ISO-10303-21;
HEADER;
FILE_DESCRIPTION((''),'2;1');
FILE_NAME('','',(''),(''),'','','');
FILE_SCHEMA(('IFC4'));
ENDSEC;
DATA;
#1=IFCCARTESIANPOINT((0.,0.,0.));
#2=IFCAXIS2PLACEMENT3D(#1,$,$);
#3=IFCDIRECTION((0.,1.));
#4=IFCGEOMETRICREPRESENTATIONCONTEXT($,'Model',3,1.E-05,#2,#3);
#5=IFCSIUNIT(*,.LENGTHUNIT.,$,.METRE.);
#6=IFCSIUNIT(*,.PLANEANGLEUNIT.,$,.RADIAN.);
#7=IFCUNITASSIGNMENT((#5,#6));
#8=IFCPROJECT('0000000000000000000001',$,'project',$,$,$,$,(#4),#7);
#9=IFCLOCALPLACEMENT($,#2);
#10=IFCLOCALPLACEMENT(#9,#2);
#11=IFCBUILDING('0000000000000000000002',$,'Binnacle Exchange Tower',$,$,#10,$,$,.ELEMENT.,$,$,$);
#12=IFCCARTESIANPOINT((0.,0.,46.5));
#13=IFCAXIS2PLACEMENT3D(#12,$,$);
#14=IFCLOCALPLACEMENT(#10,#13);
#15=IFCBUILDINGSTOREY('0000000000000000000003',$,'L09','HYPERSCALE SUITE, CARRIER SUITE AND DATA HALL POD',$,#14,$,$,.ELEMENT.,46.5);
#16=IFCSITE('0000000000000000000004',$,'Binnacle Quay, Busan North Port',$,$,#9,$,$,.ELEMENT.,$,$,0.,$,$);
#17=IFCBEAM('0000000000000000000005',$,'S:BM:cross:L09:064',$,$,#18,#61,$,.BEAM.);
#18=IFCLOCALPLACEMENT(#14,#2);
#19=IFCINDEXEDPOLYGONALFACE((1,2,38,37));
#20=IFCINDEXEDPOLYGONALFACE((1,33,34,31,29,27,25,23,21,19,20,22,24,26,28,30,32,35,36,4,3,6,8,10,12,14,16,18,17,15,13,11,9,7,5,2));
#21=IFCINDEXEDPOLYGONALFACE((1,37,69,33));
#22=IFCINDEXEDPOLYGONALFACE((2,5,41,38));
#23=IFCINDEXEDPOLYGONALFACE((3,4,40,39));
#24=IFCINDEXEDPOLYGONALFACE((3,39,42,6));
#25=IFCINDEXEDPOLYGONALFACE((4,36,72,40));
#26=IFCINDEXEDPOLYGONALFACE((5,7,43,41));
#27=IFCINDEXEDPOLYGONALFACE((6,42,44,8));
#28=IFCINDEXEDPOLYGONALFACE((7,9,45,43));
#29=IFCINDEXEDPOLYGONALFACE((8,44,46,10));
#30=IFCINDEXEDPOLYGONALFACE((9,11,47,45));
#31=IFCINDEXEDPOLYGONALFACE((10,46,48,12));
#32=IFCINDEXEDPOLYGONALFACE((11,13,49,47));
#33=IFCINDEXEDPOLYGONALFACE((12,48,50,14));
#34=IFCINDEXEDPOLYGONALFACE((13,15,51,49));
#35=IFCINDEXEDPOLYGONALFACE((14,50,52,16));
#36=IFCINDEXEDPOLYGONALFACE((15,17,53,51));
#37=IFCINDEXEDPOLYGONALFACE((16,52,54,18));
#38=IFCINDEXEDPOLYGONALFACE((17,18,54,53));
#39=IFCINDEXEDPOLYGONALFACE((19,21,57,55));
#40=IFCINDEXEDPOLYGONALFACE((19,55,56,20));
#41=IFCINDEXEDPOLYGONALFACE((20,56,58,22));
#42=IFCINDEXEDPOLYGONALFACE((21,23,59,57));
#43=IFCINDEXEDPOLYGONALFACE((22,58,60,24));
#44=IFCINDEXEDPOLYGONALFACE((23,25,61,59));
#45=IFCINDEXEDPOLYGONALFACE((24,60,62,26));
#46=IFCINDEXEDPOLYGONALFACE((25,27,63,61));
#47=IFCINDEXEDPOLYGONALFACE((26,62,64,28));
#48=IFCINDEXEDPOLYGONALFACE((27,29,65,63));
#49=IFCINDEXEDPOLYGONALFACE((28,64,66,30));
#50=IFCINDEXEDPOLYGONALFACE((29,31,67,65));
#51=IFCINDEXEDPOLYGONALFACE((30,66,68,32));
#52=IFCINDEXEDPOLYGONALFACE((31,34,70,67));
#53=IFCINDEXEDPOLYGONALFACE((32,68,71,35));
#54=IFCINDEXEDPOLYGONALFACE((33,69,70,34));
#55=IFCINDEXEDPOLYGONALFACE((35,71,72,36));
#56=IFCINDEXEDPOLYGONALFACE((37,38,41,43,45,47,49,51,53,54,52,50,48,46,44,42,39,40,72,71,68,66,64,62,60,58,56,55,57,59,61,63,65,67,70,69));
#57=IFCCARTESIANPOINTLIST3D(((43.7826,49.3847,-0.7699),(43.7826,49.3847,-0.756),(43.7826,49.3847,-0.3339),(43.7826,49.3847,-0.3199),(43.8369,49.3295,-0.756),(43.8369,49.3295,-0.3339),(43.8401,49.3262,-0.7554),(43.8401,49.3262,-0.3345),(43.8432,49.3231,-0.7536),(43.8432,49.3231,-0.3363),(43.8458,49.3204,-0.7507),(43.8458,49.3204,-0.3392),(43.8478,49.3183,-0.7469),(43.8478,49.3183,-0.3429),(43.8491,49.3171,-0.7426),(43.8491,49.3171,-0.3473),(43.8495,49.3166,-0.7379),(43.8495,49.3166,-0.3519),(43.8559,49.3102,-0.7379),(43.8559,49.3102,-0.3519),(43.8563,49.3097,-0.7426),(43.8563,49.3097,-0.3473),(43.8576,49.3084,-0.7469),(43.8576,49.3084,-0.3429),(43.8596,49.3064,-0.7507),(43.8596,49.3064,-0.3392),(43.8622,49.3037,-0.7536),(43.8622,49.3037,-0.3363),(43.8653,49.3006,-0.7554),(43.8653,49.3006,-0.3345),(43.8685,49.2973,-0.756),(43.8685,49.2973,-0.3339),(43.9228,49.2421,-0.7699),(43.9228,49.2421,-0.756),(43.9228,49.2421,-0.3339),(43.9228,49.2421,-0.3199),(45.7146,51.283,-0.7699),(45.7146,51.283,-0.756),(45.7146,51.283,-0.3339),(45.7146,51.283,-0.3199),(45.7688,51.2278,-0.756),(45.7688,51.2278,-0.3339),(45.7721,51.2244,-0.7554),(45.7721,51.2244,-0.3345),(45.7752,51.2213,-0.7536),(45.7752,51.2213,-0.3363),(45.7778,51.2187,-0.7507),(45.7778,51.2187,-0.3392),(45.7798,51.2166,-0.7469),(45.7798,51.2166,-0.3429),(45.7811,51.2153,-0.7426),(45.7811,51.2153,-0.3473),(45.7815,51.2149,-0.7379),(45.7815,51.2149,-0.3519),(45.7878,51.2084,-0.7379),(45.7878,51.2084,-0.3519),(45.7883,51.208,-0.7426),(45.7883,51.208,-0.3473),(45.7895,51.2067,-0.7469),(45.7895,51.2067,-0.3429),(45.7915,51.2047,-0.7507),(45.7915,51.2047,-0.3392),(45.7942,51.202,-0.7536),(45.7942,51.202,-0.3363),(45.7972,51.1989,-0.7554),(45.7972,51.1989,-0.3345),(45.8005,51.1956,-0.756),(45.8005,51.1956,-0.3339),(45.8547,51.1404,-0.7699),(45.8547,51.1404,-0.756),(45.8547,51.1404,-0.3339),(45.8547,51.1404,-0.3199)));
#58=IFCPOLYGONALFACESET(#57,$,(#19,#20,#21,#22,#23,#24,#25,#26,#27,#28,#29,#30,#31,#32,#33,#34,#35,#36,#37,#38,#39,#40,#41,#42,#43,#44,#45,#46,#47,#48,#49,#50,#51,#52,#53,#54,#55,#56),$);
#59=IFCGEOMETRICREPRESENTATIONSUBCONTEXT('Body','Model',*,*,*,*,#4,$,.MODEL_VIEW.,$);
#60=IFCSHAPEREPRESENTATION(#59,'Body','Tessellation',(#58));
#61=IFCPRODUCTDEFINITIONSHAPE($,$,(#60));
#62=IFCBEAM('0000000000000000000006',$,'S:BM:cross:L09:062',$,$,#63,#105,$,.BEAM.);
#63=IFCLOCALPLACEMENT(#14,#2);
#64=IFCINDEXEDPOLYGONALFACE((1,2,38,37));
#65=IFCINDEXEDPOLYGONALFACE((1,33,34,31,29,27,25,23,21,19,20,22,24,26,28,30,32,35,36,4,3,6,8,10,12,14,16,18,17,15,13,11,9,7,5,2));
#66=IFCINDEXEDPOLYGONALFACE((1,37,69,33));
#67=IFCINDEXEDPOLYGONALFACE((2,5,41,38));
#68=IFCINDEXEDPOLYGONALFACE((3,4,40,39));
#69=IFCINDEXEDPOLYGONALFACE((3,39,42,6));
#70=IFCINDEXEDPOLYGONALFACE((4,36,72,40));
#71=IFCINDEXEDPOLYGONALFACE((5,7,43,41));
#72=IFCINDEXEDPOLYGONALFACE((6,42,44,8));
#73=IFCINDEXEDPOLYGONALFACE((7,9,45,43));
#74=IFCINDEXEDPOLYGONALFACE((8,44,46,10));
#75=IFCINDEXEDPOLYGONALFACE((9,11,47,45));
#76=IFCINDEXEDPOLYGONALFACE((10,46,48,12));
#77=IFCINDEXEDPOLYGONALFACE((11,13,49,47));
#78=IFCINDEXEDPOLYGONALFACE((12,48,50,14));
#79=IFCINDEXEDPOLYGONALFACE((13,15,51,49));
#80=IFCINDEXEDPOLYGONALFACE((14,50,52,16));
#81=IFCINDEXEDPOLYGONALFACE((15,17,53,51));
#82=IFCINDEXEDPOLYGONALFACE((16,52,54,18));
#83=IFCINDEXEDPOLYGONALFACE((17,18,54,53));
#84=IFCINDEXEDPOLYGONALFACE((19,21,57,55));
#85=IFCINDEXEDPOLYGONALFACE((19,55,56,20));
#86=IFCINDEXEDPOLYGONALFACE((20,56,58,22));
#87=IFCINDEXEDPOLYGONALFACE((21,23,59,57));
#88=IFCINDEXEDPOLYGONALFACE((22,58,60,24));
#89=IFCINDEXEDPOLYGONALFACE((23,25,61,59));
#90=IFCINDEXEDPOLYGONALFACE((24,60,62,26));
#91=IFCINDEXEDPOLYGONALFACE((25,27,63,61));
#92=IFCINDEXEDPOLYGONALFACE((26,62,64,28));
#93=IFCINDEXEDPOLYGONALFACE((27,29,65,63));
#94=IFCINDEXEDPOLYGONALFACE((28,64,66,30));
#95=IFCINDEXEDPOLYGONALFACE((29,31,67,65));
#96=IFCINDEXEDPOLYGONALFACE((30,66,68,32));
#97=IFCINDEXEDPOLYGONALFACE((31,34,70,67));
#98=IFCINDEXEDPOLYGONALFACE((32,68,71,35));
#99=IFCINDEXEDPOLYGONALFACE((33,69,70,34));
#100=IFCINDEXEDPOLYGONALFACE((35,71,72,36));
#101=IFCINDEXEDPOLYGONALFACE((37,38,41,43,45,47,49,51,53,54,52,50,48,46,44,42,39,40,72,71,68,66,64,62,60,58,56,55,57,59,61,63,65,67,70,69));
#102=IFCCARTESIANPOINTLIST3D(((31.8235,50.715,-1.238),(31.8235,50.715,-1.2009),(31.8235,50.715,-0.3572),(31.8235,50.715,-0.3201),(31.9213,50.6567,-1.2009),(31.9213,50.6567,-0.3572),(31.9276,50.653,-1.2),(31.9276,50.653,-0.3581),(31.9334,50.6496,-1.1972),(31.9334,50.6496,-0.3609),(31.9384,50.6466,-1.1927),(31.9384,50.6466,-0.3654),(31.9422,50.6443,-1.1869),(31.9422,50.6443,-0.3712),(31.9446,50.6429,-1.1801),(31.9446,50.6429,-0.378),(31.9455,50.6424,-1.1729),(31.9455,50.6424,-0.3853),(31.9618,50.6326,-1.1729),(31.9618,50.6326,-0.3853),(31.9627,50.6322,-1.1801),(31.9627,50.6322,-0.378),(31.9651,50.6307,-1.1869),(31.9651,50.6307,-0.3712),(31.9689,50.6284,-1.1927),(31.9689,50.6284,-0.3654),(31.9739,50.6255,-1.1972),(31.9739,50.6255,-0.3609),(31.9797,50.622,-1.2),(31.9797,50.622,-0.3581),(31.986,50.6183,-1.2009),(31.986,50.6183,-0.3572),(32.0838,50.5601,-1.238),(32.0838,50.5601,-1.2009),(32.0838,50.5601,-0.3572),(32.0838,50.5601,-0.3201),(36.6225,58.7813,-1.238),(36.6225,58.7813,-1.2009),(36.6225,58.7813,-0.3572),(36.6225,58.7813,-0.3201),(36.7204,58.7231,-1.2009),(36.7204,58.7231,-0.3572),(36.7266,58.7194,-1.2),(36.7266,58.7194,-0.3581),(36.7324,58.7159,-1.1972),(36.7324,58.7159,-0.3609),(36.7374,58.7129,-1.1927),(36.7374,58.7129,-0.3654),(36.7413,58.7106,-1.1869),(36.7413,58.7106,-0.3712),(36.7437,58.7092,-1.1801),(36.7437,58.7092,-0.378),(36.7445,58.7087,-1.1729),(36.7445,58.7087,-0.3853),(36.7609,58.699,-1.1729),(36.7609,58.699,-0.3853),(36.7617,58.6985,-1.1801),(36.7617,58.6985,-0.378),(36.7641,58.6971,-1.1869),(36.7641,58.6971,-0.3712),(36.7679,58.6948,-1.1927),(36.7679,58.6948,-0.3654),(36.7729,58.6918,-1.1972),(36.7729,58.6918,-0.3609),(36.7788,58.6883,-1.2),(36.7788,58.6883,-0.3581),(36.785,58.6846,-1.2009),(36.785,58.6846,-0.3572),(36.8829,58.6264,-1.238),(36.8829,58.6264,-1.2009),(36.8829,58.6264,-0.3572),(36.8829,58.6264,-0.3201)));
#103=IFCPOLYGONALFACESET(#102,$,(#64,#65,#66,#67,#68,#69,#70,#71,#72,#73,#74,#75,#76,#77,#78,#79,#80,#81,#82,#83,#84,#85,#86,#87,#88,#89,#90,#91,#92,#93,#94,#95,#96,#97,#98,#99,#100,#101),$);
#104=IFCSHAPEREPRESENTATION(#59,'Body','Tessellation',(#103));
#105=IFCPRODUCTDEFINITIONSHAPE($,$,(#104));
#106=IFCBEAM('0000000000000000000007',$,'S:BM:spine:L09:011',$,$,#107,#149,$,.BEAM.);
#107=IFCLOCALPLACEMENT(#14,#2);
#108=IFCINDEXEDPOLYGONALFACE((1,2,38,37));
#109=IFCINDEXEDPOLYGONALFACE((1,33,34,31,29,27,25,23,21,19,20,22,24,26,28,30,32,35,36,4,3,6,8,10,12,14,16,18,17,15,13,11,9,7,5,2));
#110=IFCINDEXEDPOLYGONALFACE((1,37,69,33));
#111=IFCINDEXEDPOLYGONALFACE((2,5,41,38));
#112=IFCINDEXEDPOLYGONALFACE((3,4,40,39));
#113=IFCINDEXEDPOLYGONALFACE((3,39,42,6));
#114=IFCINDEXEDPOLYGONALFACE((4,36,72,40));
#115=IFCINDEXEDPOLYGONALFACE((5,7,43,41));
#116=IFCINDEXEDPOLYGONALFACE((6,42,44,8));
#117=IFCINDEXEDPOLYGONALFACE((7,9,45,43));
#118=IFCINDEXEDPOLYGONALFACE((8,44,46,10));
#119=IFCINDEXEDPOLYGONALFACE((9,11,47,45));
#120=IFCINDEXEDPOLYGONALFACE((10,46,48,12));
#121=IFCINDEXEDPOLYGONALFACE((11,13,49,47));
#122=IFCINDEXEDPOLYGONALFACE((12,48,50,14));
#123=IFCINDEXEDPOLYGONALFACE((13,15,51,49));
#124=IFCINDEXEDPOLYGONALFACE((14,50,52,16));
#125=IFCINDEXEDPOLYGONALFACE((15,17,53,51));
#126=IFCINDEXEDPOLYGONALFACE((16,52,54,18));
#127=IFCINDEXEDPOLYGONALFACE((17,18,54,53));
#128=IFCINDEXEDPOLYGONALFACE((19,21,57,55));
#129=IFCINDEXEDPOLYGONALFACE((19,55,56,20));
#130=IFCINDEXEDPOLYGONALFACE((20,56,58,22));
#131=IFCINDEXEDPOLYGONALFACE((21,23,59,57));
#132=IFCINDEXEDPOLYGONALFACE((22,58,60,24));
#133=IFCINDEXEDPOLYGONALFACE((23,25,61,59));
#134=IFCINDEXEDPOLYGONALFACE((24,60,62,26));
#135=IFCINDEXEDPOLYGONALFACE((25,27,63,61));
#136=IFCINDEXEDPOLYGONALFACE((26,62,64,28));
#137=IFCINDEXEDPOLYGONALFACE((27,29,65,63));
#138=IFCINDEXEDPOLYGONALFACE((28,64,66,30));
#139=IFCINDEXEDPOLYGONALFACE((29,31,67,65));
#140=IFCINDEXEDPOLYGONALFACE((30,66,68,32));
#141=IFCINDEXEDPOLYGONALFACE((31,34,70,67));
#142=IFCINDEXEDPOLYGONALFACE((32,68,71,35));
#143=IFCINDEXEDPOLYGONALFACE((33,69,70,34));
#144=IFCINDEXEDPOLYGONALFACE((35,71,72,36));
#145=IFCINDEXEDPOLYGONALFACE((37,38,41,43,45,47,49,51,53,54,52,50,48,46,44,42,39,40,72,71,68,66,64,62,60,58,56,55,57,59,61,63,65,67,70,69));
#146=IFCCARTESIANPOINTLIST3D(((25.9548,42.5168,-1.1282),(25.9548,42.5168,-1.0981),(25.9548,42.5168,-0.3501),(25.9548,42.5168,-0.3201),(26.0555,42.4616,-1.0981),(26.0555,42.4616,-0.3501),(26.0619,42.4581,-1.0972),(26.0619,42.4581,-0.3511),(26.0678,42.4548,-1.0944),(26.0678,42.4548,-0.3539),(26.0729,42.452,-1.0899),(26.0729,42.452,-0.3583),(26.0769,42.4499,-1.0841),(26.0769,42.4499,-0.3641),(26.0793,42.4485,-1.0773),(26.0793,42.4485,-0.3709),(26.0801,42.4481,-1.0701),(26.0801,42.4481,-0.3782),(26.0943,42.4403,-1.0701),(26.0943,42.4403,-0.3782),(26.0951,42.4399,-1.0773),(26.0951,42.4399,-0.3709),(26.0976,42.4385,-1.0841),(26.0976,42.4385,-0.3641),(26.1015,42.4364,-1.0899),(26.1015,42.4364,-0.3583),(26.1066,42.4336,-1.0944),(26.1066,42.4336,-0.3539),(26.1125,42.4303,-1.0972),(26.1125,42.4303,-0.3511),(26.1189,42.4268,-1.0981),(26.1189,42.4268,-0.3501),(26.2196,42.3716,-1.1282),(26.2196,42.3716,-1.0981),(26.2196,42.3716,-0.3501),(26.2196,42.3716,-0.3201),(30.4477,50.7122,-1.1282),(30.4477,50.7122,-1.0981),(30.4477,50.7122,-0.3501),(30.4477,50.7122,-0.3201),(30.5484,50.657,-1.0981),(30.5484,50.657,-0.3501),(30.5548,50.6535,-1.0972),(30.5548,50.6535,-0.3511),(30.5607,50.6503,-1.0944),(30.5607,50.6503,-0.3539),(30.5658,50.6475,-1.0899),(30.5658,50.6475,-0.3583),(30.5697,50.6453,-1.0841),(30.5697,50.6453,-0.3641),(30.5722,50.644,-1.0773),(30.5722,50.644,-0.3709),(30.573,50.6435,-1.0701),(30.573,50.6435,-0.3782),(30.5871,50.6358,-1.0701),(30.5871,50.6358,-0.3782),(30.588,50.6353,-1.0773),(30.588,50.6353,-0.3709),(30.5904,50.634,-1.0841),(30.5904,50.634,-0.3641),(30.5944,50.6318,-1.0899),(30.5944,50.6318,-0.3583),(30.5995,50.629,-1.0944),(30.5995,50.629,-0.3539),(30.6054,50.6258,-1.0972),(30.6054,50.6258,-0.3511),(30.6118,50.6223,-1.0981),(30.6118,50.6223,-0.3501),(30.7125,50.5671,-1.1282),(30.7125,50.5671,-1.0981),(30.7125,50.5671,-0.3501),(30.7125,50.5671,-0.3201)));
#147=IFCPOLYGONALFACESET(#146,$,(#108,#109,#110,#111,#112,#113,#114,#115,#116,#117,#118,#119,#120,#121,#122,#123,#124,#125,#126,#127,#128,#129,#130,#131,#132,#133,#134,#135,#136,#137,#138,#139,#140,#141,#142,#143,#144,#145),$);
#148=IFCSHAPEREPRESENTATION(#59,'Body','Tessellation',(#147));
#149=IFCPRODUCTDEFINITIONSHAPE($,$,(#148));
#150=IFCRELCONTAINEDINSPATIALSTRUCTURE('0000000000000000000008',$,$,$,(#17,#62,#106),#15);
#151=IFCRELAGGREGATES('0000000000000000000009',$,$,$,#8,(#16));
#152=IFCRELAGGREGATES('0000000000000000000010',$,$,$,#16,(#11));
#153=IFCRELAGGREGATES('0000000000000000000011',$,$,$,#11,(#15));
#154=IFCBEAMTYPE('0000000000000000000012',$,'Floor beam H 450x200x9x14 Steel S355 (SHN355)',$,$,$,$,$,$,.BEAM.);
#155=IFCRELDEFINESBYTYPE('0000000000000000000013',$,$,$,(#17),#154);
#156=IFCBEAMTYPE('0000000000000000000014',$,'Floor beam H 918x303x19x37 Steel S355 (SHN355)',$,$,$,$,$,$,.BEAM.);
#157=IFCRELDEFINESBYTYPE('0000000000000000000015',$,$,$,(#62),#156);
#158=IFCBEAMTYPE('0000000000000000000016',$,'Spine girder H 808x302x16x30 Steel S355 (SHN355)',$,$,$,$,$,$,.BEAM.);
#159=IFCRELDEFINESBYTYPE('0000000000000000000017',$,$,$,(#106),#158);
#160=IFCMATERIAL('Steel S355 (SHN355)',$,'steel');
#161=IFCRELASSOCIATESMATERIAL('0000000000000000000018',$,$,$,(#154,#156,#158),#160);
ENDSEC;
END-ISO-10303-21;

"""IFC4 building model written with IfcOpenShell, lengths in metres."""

from ifc_helpers import new_model, si_unit, direction, frame, origin, origin_2d, place, context, subcontext, project, spatial, i_section, extrude, material, material_profile, profile_set, type_object, element, save


model = new_model("IFC4")

# Units and contexts
model_context = context("Model", 3, precision=1e-05, world=origin(), true_north=direction((0.0, 1.0)))
body_context = subcontext(model_context, "Body", "Model", "MODEL_VIEW")
ifc_project = project(units=[si_unit("LENGTHUNIT", "METRE"), si_unit("PLANEANGLEUNIT", "RADIAN")], contexts=[model_context])

# Site, building, storey
site_placement = place(None, origin())
site = spatial("IfcSite", under=ifc_project, at=site_placement, Name="Binnacle Quay, Busan North Port", CompositionType="ELEMENT", RefElevation=0.0)
building_placement = place(site_placement, origin())
building = spatial("IfcBuilding", under=site, at=building_placement, Name="Binnacle Exchange Tower", CompositionType="ELEMENT")
storey_placement = place(building_placement, frame((0.0, 0.0, 46.5)))
storey = spatial("IfcBuildingStorey", under=building, at=storey_placement, Name="L09", Description="HYPERSCALE SUITE, CARRIER SUITE AND DATA HALL POD", CompositionType="ELEMENT", Elevation=46.5)

# Beams
ifc_material_1 = material(Name="Steel S355 (SHN355)", Category="steel")
ifc_material_profile_1 = material_profile(ifc_material_1, i_section(OverallWidth=0.2, OverallDepth=0.45, WebThickness=0.009, FlangeThickness=0.0139, FilletRadius=0.0181, at=origin_2d()), Name="H 450x200x9x14")
ifc_profile_set_1 = profile_set([ifc_material_profile_1], Name="Steel S355 (SHN355)")
beam_type_1 = type_object("IfcBeamType", Name="Floor beam H 450x200x9x14 Steel S355 (SHN355)", PredefinedType="BEAM", material=ifc_profile_set_1)
beam_1_placement = place(storey_placement, frame((45.7847, 51.2117, -0.5449), z_axis=(-0.713299, -0.70086, 0.0), x_axis=(0.70086, -0.713299, 0.0)))
element("IfcBeam", 1, at=beam_1_placement, inside=storey, type_object=beam_type_1, Name="S:BM:cross:L09:064", PredefinedType="BEAM", context=body_context, shape_type="SweptSolid", body=[
    extrude(i_section(OverallWidth=0.2, OverallDepth=0.45, WebThickness=0.009, FlangeThickness=0.0139, FilletRadius=0.0181, at=origin_2d()), origin(), (0.0, 0.0, 1.0), 2.7085),
])
ifc_material_profile_2 = material_profile(ifc_material_1, i_section(OverallWidth=0.303, OverallDepth=0.918, WebThickness=0.019, FlangeThickness=0.0371, FilletRadius=0.0281, at=origin_2d()), Name="H 918x303x19x37")
ifc_profile_set_2 = profile_set([ifc_material_profile_2], Name="Steel S355 (SHN355)")
beam_type_2 = type_object("IfcBeamType", Name="Floor beam H 918x303x19x37 Steel S355 (SHN355)", PredefinedType="BEAM", material=ifc_profile_set_2)
beam_2_placement = place(storey_placement, frame((36.7527, 58.7039, -0.7791), z_axis=(-0.511298, -0.859403, 0.0), x_axis=(0.859403, -0.511298, 0.0)))
element("IfcBeam", 2, at=beam_2_placement, inside=storey, type_object=beam_type_2, Name="S:BM:cross:L09:062", PredefinedType="BEAM", context=body_context, shape_type="SweptSolid", body=[
    extrude(i_section(OverallWidth=0.303, OverallDepth=0.918, WebThickness=0.019, FlangeThickness=0.0371, FilletRadius=0.0281, at=origin_2d()), origin(), (0.0, 0.0, 1.0), 9.386),
])
ifc_material_profile_3 = material_profile(ifc_material_1, i_section(OverallWidth=0.302, OverallDepth=0.8081, WebThickness=0.0161, FlangeThickness=0.03, FilletRadius=0.0281, at=origin_2d()), Name="H 808x302x16x30")
ifc_profile_set_3 = profile_set([ifc_material_profile_3], Name="Steel S355 (SHN355)")
beam_type_3 = type_object("IfcBeamType", Name="Spine girder H 808x302x16x30 Steel S355 (SHN355)", PredefinedType="BEAM", material=ifc_profile_set_3)
beam_3_placement = place(storey_placement, frame((30.5801, 50.6396, -0.7241), z_axis=(-0.480716, -0.876876, 0.0), x_axis=(0.876876, -0.480716, 0.0)))
element("IfcBeam", 3, at=beam_3_placement, inside=storey, type_object=beam_type_3, Name="S:BM:spine:L09:011", PredefinedType="BEAM", context=body_context, shape_type="SweptSolid", body=[
    extrude(i_section(OverallWidth=0.302, OverallDepth=0.8081, WebThickness=0.0161, FlangeThickness=0.03, FilletRadius=0.0281, at=origin_2d()), origin(), (0.0, 0.0, 1.0), 9.3462),
])

save(model, "model.ifc")
